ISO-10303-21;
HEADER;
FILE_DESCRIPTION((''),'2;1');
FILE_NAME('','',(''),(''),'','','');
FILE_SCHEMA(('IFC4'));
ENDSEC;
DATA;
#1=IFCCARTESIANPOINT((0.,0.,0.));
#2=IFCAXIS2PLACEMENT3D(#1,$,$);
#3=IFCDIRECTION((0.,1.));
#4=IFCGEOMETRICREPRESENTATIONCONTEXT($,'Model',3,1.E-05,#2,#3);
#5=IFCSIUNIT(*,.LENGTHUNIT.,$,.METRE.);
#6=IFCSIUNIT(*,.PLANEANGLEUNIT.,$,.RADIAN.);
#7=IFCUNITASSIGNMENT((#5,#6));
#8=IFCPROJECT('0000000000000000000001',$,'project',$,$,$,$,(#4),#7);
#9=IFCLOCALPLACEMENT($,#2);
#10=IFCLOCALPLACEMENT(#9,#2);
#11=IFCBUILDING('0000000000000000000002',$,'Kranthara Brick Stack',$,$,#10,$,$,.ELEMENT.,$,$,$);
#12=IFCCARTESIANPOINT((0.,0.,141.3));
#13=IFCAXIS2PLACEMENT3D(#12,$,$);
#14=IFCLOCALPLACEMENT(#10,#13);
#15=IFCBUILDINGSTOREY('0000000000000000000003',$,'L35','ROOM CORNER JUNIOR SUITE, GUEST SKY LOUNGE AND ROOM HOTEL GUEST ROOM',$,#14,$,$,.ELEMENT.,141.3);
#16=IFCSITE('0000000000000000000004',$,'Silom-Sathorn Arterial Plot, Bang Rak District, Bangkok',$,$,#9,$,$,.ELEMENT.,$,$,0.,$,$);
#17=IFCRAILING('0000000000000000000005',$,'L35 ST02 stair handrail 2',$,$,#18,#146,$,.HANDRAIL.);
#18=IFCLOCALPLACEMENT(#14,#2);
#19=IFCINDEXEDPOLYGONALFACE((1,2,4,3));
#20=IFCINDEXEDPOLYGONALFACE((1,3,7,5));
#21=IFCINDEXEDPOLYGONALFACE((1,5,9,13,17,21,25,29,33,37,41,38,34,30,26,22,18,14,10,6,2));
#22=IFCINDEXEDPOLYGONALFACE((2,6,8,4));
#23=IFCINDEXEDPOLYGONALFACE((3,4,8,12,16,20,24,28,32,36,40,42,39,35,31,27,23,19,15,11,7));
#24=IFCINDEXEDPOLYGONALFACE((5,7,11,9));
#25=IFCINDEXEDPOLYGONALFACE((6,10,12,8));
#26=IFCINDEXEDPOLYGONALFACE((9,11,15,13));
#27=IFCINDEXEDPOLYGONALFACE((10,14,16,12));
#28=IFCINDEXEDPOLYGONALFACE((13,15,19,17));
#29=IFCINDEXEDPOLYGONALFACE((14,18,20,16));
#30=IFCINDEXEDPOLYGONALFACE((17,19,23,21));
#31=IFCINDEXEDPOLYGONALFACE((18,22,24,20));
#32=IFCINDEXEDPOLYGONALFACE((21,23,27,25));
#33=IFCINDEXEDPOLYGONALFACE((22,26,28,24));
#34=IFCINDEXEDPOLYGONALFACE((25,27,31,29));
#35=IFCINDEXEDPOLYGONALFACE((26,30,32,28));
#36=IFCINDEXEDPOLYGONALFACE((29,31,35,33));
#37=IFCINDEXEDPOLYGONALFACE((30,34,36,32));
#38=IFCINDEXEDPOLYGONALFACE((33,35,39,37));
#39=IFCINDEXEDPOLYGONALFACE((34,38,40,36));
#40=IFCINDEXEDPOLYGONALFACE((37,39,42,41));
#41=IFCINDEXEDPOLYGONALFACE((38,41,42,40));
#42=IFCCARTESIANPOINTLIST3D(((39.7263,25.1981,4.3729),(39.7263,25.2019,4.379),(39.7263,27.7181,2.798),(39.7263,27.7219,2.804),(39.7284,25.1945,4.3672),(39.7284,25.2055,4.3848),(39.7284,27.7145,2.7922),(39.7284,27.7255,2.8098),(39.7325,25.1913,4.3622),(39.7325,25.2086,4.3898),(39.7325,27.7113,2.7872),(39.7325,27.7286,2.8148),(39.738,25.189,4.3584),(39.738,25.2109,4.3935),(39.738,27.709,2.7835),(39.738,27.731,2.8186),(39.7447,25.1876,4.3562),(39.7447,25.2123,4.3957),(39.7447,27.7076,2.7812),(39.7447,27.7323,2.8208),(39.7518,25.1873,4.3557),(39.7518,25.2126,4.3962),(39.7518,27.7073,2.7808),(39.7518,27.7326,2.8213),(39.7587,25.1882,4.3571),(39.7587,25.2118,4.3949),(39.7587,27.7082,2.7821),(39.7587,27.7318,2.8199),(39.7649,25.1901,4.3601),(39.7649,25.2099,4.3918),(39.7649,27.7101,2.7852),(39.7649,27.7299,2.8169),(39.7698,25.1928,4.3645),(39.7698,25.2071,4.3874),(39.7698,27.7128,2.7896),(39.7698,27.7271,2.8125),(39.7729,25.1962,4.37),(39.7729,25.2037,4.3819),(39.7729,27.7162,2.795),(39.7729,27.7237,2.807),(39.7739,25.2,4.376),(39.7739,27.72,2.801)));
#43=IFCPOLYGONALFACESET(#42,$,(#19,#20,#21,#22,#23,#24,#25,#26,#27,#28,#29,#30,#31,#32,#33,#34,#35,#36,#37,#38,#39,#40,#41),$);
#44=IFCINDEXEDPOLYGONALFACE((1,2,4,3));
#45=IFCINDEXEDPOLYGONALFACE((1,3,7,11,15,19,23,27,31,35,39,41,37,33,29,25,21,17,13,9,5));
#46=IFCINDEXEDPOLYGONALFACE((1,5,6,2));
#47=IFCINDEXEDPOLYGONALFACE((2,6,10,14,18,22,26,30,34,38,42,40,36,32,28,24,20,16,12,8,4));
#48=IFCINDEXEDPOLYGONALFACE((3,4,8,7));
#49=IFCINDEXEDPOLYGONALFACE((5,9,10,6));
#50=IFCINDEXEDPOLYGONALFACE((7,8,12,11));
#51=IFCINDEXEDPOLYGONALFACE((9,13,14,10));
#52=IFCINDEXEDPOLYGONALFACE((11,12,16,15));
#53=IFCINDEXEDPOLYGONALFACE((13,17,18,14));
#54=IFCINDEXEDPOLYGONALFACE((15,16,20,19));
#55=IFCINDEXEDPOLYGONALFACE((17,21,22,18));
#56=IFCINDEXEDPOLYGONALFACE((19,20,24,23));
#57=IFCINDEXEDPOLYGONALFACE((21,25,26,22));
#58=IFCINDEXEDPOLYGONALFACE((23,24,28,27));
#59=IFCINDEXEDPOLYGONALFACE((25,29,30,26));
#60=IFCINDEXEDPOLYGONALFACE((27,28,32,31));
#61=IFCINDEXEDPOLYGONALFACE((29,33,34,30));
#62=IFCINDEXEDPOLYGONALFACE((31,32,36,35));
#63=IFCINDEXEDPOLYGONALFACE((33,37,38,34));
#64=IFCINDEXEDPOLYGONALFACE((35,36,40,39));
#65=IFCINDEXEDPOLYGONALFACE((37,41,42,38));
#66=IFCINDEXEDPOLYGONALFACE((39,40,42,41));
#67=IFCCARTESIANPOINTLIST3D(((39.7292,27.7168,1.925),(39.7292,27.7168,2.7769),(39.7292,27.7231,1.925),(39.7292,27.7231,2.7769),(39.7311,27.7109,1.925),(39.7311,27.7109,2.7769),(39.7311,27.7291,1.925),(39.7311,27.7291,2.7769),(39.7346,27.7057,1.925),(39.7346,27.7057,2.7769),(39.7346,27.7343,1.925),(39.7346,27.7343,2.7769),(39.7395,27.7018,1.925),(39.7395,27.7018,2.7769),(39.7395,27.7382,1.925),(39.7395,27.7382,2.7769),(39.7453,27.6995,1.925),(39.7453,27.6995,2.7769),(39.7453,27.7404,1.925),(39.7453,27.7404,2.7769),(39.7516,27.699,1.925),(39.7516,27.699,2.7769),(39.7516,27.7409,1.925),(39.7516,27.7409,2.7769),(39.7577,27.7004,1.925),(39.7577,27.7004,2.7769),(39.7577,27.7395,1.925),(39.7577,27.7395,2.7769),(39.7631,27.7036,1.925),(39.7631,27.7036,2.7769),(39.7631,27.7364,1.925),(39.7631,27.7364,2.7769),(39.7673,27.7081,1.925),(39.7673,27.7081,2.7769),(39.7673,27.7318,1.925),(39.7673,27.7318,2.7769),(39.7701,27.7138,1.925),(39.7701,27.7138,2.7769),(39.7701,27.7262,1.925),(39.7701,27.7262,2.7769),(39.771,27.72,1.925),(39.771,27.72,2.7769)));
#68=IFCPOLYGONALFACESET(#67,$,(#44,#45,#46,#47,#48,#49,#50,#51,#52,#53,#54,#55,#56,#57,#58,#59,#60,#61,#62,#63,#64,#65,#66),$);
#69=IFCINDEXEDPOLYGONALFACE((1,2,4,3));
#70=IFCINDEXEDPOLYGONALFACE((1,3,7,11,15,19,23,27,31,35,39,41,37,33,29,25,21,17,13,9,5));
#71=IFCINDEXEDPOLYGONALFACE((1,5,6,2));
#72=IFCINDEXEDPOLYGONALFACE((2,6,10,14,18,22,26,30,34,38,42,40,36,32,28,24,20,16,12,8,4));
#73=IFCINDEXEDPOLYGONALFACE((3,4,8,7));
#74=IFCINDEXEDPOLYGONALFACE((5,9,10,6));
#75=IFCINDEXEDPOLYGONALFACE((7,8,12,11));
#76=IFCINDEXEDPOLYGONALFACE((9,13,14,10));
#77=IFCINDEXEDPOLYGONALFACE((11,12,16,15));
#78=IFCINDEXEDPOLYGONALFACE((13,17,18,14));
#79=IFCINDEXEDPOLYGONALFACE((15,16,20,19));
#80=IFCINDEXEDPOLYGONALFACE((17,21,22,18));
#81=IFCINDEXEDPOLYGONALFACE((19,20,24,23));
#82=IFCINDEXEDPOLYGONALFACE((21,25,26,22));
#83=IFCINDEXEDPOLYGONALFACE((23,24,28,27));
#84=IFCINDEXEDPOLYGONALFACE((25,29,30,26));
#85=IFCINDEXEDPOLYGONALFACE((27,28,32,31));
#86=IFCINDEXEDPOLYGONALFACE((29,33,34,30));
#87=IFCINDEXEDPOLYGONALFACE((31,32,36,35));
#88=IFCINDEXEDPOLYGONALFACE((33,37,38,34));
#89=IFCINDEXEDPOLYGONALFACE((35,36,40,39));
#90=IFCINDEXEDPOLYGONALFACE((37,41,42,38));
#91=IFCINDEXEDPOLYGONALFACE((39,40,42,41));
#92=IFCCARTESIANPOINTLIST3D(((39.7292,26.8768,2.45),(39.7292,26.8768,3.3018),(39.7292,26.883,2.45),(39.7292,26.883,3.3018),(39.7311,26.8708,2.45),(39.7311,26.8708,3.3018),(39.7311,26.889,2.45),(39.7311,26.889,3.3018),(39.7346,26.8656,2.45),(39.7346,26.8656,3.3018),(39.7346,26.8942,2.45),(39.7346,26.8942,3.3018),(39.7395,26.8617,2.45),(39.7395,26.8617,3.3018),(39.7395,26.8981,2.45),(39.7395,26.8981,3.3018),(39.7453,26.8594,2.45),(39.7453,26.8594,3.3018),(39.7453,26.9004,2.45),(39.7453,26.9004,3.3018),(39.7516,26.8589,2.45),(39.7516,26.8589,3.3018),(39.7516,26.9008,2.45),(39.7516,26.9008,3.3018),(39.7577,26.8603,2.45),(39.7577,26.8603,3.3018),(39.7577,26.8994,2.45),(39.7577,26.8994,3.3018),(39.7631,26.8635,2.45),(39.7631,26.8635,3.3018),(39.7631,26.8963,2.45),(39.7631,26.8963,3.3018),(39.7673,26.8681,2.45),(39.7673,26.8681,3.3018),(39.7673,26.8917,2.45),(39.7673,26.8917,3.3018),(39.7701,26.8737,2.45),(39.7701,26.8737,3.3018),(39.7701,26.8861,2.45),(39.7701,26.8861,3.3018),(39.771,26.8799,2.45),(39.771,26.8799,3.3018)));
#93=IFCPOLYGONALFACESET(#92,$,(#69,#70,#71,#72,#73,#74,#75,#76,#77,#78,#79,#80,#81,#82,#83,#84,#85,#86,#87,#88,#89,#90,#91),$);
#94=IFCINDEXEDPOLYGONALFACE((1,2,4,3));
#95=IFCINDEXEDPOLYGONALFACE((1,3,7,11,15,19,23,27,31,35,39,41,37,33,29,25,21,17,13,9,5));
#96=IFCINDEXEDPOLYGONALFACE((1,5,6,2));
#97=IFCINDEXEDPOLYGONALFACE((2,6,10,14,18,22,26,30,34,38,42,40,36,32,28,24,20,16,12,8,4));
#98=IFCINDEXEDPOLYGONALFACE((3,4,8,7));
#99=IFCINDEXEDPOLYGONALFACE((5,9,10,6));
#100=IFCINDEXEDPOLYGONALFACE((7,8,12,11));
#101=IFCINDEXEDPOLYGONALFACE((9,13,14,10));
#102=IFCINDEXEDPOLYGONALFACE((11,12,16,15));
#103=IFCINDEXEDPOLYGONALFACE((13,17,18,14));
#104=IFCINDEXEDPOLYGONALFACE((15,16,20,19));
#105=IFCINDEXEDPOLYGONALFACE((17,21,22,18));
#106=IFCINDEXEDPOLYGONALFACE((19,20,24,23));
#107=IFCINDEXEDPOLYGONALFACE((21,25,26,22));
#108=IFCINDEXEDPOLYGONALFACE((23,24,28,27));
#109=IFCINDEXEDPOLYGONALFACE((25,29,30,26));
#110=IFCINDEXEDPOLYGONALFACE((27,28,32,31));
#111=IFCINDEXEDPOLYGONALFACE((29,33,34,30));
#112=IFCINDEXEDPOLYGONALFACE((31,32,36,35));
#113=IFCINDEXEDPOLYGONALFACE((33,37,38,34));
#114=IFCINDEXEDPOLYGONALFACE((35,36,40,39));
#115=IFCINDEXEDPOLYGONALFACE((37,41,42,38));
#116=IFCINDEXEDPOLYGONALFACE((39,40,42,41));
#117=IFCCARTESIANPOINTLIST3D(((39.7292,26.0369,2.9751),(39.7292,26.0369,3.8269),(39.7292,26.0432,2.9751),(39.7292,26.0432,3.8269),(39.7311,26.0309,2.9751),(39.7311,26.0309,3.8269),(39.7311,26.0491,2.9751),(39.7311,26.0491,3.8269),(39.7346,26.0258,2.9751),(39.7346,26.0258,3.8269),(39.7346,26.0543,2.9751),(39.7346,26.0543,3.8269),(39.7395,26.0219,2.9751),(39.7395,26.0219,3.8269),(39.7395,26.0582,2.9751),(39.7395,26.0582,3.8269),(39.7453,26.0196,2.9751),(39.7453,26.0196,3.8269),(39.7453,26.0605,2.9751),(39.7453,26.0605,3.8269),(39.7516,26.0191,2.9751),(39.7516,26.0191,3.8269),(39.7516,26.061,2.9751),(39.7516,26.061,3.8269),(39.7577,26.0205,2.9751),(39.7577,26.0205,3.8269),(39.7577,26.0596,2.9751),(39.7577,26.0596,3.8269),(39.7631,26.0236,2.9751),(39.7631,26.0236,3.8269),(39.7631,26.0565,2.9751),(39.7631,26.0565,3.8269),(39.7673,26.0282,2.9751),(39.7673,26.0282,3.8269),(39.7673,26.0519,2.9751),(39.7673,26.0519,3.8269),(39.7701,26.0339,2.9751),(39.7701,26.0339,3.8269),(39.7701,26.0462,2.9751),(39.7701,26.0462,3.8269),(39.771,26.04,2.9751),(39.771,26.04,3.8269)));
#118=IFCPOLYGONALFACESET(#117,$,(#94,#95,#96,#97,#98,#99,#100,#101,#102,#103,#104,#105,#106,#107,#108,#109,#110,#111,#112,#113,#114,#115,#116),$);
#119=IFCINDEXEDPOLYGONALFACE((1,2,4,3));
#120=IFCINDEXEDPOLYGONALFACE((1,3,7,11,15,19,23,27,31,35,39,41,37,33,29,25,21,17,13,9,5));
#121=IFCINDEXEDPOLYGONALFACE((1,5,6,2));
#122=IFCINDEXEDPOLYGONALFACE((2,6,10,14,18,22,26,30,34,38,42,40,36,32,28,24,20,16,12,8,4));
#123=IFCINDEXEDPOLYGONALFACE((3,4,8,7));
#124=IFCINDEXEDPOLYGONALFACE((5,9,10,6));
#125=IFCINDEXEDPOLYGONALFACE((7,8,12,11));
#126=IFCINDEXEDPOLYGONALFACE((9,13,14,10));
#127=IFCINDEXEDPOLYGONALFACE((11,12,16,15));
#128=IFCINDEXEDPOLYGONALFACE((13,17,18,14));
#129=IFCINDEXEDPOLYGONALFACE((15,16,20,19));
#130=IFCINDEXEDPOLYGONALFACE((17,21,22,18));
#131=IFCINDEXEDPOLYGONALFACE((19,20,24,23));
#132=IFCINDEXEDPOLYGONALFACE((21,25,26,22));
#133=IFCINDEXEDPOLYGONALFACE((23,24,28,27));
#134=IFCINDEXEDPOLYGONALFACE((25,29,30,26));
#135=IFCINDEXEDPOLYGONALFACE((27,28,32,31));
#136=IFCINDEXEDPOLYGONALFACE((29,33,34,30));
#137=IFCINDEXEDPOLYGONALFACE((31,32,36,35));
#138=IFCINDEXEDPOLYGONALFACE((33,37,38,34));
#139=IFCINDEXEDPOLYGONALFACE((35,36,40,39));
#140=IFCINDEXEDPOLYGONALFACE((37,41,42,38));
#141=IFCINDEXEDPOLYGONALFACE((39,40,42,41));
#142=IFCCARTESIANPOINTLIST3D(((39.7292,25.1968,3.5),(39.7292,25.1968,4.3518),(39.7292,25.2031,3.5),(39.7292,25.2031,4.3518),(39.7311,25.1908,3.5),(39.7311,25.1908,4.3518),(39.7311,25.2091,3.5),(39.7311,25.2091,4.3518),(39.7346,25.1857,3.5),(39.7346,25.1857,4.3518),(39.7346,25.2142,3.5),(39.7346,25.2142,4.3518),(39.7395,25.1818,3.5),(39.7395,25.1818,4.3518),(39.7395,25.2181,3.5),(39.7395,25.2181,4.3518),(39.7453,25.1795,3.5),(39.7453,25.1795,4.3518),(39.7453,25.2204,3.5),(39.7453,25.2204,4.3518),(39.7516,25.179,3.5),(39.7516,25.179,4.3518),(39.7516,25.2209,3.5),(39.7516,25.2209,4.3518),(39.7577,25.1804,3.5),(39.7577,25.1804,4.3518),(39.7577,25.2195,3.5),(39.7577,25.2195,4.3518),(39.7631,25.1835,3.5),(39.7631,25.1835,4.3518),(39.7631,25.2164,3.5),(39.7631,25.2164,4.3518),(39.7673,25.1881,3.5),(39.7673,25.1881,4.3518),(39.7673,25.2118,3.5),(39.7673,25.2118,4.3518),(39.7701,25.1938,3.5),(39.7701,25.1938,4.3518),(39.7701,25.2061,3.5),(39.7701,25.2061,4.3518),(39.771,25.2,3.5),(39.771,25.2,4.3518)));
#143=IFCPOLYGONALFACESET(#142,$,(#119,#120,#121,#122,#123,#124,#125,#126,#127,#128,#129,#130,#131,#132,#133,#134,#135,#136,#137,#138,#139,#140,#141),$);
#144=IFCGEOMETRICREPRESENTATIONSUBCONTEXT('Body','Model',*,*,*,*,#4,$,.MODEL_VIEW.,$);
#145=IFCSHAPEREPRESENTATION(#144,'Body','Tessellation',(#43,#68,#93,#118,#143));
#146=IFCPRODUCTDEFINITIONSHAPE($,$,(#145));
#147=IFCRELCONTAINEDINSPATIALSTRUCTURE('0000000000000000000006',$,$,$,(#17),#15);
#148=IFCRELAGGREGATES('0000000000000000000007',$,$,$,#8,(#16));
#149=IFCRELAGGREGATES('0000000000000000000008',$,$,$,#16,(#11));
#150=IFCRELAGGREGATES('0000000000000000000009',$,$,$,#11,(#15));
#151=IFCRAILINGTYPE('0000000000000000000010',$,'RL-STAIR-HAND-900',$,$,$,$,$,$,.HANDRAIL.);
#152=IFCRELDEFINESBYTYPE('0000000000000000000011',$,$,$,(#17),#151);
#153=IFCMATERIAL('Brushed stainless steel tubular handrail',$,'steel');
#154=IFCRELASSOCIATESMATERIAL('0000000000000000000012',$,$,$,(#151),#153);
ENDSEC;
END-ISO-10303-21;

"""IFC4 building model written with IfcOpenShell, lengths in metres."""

from ifc_helpers import new_model, si_unit, direction, frame, origin, origin_2d, place, context, subcontext, project, spatial, circle, extrude, material, type_object, element, save


model = new_model("IFC4")

# Units and contexts
model_context = context("Model", 3, precision=1e-05, world=origin(), true_north=direction((0.0, 1.0)))
body_context = subcontext(model_context, "Body", "Model", "MODEL_VIEW")
ifc_project = project(units=[si_unit("LENGTHUNIT", "METRE"), si_unit("PLANEANGLEUNIT", "RADIAN")], contexts=[model_context])

# Site, building, storey
site_placement = place(None, origin())
site = spatial("IfcSite", under=ifc_project, at=site_placement, Name="Silom-Sathorn Arterial Plot, Bang Rak District, Bangkok", CompositionType="ELEMENT", RefElevation=0.0)
building_placement = place(site_placement, origin())
building = spatial("IfcBuilding", under=site, at=building_placement, Name="Kranthara Brick Stack", CompositionType="ELEMENT")
storey_placement = place(building_placement, frame((0.0, 0.0, 141.3)))
storey = spatial("IfcBuildingStorey", under=building, at=storey_placement, Name="L35", Description="ROOM CORNER JUNIOR SUITE, GUEST SKY LOUNGE AND ROOM HOTEL GUEST ROOM", CompositionType="ELEMENT", Elevation=141.3)

# Railing
ifc_material_1 = material(Name="Brushed stainless steel tubular handrail", Category="steel")
railing_type_1 = type_object("IfcRailingType", Name="RL-STAIR-HAND-900", PredefinedType="HANDRAIL", material=ifc_material_1)
railing_1_placement = place(storey_placement, frame((39.75, 27.72, 1.925)))
element("IfcRailing", 1, at=railing_1_placement, inside=storey, type_object=railing_type_1, Name="L35 ST02 stair handrail 2", PredefinedType="HANDRAIL", context=body_context, shape_type="SweptSolid", body=[
    extrude(circle(Radius=0.0239, at=origin_2d()), frame((0.0, 0.0, 0.876), z_axis=(0.0, -0.848008, 0.529984), x_axis=(1.0, 0.0, 0.0)), (0.0, 0.0, 1.0), 2.9717),
    extrude(circle(Radius=0.021, at=origin_2d()), origin(), (0.0, 0.0, 1.0), 0.8518),
    extrude(circle(Radius=0.021, at=origin_2d()), frame((0.0, -0.8401, 0.5249)), (0.0, 0.0, 1.0), 0.8518),
    extrude(circle(Radius=0.021, at=origin_2d()), frame((0.0, -1.6799, 1.05)), (0.0, 0.0, 1.0), 0.8518),
    extrude(circle(Radius=0.021, at=origin_2d()), frame((0.0, -2.52, 1.575)), (0.0, 0.0, 1.0), 0.8518),
])

save(model, "model.ifc")
